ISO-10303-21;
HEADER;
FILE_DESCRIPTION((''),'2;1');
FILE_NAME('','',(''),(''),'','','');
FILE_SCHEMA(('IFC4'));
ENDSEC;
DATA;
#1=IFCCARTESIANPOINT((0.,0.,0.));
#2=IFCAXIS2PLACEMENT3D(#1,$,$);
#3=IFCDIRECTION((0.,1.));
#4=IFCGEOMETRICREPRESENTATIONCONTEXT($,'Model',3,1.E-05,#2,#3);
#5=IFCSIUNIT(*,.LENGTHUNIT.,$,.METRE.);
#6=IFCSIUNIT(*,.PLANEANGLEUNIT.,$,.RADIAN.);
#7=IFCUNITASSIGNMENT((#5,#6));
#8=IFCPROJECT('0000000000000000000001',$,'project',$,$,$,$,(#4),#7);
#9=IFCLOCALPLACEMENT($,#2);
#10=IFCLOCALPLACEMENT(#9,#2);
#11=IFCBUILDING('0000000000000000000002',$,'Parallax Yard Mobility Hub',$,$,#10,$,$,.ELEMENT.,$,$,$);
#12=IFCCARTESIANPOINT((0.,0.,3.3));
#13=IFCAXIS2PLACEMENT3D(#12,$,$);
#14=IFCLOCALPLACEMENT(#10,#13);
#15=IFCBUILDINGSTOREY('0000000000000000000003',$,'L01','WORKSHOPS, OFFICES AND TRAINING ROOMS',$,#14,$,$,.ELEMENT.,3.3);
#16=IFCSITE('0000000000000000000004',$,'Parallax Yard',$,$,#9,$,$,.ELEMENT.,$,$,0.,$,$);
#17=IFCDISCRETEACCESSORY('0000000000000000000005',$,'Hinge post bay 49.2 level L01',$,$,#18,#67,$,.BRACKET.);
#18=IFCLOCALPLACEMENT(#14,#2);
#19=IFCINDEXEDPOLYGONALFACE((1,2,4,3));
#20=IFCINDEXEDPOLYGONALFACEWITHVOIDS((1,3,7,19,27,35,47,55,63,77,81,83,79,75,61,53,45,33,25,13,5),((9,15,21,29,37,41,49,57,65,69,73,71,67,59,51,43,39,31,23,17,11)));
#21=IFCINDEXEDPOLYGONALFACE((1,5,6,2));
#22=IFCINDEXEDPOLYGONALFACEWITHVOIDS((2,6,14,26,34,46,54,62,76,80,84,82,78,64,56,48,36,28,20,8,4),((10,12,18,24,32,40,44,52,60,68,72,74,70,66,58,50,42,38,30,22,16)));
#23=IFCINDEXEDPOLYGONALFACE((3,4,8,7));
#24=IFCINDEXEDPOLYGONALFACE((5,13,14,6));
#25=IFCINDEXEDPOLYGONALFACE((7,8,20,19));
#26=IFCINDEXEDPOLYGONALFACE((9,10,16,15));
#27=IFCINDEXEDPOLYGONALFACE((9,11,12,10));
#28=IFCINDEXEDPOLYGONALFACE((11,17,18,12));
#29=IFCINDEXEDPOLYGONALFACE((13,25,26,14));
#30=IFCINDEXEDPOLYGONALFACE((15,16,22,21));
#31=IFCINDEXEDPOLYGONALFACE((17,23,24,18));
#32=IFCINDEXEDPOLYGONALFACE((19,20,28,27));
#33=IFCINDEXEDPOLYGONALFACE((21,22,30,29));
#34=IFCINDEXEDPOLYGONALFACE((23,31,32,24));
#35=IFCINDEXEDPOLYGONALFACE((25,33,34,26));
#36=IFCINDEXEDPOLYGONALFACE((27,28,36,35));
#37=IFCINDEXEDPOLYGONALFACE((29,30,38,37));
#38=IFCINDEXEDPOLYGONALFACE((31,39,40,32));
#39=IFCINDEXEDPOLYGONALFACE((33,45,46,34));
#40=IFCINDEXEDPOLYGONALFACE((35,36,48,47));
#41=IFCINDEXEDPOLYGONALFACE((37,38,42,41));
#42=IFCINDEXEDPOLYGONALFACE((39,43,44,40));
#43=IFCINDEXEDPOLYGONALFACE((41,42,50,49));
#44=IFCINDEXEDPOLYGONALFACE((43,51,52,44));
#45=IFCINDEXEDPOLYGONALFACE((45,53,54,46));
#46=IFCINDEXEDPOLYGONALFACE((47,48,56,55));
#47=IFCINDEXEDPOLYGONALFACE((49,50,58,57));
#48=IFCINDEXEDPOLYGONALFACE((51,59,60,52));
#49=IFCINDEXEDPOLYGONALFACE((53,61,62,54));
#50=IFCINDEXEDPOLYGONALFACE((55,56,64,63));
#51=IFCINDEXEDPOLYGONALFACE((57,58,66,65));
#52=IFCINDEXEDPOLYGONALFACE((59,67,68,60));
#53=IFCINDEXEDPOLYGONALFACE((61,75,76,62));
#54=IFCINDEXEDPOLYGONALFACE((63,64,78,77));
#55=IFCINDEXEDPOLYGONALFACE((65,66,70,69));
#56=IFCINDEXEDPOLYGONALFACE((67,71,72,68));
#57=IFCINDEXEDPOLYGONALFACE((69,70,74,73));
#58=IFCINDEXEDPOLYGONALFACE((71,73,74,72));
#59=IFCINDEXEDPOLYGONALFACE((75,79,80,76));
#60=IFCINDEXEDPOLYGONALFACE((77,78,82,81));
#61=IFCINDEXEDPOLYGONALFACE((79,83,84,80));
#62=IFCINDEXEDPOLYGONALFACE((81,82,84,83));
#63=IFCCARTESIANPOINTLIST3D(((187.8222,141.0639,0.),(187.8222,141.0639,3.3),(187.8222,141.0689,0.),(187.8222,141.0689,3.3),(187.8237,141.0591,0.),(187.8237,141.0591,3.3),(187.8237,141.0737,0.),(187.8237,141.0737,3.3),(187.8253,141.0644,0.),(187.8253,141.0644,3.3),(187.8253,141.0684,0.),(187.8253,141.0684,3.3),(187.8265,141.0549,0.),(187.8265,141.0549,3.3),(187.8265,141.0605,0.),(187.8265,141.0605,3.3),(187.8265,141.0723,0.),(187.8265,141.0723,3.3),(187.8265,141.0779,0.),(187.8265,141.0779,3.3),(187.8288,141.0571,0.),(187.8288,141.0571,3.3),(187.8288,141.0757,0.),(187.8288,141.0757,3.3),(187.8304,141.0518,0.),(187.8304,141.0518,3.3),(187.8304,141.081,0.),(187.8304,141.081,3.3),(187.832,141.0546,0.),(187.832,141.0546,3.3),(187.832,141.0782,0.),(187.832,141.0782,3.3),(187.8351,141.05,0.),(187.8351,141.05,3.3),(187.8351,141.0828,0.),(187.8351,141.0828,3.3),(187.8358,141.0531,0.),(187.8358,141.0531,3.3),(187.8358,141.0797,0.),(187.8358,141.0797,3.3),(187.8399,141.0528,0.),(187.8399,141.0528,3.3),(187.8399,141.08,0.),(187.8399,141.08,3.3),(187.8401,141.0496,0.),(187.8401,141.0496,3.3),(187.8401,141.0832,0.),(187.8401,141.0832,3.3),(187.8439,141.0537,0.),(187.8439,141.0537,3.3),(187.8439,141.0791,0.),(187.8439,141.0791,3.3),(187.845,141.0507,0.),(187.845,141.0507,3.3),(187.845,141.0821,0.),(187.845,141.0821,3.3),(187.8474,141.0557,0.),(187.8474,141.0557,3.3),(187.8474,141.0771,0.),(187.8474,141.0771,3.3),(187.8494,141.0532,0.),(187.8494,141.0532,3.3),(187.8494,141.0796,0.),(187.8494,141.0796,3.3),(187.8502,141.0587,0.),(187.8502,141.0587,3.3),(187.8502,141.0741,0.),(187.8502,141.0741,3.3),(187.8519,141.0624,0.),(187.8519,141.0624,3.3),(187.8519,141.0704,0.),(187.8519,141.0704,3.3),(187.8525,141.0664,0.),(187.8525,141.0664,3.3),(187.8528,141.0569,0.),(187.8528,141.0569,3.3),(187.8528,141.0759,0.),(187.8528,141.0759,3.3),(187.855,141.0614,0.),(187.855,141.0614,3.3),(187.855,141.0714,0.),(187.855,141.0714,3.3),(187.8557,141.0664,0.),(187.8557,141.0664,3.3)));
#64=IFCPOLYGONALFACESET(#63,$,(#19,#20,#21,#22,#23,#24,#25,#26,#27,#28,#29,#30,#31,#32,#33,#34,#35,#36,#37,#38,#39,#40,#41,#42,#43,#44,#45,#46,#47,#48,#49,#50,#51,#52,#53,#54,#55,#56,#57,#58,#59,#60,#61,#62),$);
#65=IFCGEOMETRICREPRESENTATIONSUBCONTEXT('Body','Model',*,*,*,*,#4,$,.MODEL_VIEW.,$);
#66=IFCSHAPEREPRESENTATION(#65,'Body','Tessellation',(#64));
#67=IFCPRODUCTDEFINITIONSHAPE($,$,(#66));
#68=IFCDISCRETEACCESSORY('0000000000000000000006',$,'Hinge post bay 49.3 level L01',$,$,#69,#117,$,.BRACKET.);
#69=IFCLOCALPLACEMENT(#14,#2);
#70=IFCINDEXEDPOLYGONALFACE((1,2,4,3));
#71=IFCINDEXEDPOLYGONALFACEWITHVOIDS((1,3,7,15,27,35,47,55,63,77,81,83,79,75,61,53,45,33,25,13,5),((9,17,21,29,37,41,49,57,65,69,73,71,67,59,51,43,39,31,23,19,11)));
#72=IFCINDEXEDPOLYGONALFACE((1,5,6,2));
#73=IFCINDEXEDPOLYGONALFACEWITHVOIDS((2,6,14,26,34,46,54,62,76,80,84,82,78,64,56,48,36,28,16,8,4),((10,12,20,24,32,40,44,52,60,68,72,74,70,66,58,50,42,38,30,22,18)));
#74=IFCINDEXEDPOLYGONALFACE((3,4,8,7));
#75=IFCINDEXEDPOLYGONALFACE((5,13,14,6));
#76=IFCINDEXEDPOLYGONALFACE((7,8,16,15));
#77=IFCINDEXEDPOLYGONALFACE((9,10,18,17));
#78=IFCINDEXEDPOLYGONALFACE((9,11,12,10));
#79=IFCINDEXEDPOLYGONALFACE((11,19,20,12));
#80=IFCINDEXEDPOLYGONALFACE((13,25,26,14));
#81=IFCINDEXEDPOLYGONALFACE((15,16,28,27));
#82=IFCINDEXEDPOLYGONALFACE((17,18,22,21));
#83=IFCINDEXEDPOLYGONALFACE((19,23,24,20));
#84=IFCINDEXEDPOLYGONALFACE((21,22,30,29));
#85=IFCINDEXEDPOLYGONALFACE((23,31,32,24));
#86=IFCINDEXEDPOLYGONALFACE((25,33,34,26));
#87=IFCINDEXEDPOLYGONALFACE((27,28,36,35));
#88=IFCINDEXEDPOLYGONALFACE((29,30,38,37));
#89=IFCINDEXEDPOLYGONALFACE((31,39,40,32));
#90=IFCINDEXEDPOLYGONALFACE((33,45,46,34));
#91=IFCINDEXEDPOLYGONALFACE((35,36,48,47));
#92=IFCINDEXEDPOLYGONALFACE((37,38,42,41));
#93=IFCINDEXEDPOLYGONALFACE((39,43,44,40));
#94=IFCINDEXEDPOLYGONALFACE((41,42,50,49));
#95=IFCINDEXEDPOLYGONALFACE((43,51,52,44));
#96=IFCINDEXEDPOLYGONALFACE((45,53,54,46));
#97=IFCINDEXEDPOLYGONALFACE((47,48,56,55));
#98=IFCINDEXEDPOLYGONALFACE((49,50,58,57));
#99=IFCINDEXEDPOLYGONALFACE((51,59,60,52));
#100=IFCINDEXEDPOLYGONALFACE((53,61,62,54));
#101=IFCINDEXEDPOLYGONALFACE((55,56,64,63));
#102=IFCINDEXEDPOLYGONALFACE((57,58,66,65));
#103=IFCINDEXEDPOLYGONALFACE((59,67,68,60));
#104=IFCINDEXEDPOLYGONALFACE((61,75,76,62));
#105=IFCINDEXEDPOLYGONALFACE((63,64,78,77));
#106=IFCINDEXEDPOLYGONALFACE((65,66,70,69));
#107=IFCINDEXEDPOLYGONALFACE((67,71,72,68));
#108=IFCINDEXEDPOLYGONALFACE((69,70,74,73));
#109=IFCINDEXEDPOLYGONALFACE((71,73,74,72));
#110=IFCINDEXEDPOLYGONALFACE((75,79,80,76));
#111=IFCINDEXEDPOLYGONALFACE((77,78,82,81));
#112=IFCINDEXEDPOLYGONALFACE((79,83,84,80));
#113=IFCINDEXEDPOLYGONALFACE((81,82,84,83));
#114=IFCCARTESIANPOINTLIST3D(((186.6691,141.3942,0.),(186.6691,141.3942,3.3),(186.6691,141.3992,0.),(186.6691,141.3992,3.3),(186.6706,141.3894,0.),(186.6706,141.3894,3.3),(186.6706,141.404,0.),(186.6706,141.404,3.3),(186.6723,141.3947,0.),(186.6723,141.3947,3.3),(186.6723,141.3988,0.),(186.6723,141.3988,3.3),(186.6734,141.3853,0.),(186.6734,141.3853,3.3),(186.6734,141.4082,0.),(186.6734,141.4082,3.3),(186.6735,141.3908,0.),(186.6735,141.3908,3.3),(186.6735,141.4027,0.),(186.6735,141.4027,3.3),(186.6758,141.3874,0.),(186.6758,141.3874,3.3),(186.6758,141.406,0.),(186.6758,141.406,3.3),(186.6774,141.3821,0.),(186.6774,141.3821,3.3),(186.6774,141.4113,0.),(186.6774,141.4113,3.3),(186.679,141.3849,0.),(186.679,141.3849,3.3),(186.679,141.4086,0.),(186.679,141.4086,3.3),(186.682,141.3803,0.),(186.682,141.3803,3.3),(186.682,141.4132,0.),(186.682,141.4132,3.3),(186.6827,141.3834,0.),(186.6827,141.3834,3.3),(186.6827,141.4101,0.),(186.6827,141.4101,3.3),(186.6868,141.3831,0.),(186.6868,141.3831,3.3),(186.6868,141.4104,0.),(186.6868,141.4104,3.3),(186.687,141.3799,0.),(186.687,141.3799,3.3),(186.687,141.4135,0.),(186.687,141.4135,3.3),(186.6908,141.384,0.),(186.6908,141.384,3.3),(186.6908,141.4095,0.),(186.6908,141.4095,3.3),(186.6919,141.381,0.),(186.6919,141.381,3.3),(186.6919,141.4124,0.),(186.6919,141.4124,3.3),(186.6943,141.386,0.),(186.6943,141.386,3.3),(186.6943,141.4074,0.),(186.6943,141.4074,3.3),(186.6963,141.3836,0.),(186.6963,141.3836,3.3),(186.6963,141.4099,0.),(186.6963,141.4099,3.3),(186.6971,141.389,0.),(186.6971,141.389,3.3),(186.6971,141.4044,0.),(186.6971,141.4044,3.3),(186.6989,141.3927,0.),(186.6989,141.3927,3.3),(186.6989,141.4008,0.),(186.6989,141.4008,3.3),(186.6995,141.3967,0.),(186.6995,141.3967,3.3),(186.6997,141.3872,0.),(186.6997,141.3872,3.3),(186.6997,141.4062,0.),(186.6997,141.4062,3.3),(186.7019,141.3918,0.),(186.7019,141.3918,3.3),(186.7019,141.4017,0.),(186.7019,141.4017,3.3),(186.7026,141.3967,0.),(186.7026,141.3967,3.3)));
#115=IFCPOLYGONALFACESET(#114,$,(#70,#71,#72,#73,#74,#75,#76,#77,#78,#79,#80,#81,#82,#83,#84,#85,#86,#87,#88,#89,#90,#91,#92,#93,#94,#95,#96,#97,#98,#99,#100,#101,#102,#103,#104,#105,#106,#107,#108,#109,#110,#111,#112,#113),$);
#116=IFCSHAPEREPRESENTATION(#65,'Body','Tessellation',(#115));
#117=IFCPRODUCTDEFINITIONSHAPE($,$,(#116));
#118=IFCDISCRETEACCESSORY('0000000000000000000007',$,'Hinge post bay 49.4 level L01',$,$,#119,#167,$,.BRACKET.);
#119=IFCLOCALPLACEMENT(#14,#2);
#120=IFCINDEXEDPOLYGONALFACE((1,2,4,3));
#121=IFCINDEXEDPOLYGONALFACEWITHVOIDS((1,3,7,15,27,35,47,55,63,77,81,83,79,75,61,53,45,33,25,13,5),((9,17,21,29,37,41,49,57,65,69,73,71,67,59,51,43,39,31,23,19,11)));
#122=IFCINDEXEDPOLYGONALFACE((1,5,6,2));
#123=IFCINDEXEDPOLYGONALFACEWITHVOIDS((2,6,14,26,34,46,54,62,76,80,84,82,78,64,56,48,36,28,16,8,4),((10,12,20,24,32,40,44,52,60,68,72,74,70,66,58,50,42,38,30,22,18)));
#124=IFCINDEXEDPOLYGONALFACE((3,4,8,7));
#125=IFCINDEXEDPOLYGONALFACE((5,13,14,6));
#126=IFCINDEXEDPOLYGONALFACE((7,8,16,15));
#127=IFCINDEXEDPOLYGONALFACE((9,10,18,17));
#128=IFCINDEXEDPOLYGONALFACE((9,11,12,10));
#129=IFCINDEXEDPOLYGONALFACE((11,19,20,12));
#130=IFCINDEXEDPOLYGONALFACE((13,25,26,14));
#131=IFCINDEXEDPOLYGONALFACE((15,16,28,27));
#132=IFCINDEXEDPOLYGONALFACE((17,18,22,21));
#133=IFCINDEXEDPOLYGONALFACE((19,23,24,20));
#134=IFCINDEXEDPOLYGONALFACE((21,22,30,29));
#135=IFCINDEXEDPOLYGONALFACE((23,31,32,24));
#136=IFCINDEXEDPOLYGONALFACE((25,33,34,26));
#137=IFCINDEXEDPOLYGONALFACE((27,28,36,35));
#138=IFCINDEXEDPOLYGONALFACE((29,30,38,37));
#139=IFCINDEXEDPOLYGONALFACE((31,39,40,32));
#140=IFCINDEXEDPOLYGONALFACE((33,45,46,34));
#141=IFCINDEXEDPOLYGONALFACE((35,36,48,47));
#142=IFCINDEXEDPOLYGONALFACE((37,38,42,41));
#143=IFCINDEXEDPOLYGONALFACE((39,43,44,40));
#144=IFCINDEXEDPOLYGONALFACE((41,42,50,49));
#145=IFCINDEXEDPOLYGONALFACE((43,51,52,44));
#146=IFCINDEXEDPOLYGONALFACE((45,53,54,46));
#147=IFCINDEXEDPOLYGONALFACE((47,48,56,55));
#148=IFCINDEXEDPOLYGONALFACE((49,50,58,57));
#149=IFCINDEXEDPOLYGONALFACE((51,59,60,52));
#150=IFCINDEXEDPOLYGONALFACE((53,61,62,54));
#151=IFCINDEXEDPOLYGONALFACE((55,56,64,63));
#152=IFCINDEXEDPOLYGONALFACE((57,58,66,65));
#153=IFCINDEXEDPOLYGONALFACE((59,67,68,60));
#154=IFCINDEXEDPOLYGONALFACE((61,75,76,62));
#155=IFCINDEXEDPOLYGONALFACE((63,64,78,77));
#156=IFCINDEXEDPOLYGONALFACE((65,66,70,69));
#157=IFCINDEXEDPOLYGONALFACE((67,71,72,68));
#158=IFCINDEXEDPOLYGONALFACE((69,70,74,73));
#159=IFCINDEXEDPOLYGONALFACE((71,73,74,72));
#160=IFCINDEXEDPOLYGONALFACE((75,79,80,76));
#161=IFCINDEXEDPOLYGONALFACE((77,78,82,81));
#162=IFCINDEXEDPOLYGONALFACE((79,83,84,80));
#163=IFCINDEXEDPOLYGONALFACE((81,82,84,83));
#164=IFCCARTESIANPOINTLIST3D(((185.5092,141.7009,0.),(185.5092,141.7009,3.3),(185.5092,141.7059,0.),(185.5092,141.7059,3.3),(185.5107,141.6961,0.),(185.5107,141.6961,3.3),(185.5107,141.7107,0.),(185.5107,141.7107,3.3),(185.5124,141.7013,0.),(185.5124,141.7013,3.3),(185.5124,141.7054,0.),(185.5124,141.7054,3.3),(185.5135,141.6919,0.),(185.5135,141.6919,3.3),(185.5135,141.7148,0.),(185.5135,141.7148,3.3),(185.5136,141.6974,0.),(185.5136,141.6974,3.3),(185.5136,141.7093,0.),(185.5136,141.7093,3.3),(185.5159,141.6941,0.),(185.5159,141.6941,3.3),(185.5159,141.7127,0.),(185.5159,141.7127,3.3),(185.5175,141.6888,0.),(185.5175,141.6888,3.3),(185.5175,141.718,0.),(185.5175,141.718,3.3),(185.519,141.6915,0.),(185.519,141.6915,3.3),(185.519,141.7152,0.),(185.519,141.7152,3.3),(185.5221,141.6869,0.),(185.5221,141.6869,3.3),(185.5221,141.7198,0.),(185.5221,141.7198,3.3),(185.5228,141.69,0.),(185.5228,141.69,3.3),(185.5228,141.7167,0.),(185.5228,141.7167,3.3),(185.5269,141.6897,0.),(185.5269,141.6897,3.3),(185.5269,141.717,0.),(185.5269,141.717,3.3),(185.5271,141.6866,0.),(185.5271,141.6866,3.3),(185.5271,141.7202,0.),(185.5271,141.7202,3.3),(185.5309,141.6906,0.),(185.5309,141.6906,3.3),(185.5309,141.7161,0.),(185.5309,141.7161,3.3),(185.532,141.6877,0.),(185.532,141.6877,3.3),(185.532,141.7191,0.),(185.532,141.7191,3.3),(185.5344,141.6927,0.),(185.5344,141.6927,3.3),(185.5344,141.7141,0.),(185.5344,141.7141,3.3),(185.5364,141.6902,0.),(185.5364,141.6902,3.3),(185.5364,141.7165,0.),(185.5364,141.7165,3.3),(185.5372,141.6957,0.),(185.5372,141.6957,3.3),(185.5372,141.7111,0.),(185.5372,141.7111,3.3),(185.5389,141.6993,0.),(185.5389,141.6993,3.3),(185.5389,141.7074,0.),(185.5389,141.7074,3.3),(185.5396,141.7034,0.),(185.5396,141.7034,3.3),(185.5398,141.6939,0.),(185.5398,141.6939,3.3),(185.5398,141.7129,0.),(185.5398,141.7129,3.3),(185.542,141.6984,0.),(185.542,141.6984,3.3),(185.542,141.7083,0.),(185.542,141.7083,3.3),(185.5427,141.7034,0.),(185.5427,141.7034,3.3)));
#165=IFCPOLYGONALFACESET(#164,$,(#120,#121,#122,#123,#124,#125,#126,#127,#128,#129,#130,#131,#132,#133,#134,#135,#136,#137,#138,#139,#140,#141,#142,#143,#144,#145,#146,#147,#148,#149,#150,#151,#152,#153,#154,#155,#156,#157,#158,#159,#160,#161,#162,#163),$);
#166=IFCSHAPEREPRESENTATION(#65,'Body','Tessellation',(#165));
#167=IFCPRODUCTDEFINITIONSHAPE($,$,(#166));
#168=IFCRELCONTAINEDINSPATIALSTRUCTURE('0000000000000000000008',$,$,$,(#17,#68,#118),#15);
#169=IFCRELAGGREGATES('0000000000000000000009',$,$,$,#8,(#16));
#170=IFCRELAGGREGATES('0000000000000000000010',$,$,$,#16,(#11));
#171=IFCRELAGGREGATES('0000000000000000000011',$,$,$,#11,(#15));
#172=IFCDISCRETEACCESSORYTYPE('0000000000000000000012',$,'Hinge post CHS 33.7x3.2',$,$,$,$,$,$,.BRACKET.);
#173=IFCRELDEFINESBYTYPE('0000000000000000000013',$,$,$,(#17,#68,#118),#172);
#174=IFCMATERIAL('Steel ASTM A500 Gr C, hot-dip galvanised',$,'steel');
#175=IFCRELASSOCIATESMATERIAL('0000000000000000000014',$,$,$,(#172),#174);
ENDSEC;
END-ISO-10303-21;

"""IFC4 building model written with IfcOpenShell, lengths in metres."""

from ifc_helpers import new_model, si_unit, direction, frame, origin, origin_2d, place, context, subcontext, project, spatial, hollow_circle, extrude, material, material_profile, profile_set, type_object, element, save


model = new_model("IFC4")

# Units and contexts
model_context = context("Model", 3, precision=1e-05, world=origin(), true_north=direction((0.0, 1.0)))
body_context = subcontext(model_context, "Body", "Model", "MODEL_VIEW")
ifc_project = project(units=[si_unit("LENGTHUNIT", "METRE"), si_unit("PLANEANGLEUNIT", "RADIAN")], contexts=[model_context])

# Site, building, storey
site_placement = place(None, origin())
site = spatial("IfcSite", under=ifc_project, at=site_placement, Name="Parallax Yard", CompositionType="ELEMENT", RefElevation=0.0)
building_placement = place(site_placement, origin())
building = spatial("IfcBuilding", under=site, at=building_placement, Name="Parallax Yard Mobility Hub", CompositionType="ELEMENT")
storey_placement = place(building_placement, frame((0.0, 0.0, 3.3)))
storey = spatial("IfcBuildingStorey", under=building, at=storey_placement, Name="L01", Description="WORKSHOPS, OFFICES AND TRAINING ROOMS", CompositionType="ELEMENT", Elevation=3.3)

# Discrete accessories
ifc_material_1 = material(Name="Steel ASTM A500 Gr C, hot-dip galvanised", Category="steel")
ifc_material_profile_1 = material_profile(ifc_material_1, hollow_circle(Radius=0.0168, WallThickness=0.0032, at=origin_2d()), Name="CHS 33.7x3.2")
ifc_profile_set_1 = profile_set([ifc_material_profile_1], Name="Steel ASTM A500 Gr C, hot-dip galvanised")
discrete_accessory_type_1 = type_object("IfcDiscreteAccessoryType", Name="Hinge post CHS 33.7x3.2", PredefinedType="BRACKET", material=ifc_profile_set_1)
for number, where, z_axis, x_axis, name in (
    (1, (187.8389, 141.0664, 0.0), (0.0, 0.0, 1.0), (1.0, 0.0, 0.0), "Hinge post bay 49.2 level L01"),
    (2, (186.6858, 141.3967, 0.0), (0.0, 0.0, 1.0), (1.0, 0.0, 0.0), "Hinge post bay 49.3 level L01"),
    (3, (185.5259, 141.7034, 0.0), (0.0, 0.0, 1.0), (1.0, 0.0, 0.0), "Hinge post bay 49.4 level L01"),
):
    element("IfcDiscreteAccessory", number, at=place(storey_placement, frame(where, z_axis=z_axis, x_axis=x_axis)), inside=storey, type_object=discrete_accessory_type_1, Name=name, PredefinedType="BRACKET", context=body_context, shape_type="SweptSolid", body=[
        extrude(hollow_circle(Radius=0.0168, WallThickness=0.0032, at=origin_2d()), origin(), (0.0, 0.0, 1.0), 3.3),
    ])

save(model, "model.ifc")
